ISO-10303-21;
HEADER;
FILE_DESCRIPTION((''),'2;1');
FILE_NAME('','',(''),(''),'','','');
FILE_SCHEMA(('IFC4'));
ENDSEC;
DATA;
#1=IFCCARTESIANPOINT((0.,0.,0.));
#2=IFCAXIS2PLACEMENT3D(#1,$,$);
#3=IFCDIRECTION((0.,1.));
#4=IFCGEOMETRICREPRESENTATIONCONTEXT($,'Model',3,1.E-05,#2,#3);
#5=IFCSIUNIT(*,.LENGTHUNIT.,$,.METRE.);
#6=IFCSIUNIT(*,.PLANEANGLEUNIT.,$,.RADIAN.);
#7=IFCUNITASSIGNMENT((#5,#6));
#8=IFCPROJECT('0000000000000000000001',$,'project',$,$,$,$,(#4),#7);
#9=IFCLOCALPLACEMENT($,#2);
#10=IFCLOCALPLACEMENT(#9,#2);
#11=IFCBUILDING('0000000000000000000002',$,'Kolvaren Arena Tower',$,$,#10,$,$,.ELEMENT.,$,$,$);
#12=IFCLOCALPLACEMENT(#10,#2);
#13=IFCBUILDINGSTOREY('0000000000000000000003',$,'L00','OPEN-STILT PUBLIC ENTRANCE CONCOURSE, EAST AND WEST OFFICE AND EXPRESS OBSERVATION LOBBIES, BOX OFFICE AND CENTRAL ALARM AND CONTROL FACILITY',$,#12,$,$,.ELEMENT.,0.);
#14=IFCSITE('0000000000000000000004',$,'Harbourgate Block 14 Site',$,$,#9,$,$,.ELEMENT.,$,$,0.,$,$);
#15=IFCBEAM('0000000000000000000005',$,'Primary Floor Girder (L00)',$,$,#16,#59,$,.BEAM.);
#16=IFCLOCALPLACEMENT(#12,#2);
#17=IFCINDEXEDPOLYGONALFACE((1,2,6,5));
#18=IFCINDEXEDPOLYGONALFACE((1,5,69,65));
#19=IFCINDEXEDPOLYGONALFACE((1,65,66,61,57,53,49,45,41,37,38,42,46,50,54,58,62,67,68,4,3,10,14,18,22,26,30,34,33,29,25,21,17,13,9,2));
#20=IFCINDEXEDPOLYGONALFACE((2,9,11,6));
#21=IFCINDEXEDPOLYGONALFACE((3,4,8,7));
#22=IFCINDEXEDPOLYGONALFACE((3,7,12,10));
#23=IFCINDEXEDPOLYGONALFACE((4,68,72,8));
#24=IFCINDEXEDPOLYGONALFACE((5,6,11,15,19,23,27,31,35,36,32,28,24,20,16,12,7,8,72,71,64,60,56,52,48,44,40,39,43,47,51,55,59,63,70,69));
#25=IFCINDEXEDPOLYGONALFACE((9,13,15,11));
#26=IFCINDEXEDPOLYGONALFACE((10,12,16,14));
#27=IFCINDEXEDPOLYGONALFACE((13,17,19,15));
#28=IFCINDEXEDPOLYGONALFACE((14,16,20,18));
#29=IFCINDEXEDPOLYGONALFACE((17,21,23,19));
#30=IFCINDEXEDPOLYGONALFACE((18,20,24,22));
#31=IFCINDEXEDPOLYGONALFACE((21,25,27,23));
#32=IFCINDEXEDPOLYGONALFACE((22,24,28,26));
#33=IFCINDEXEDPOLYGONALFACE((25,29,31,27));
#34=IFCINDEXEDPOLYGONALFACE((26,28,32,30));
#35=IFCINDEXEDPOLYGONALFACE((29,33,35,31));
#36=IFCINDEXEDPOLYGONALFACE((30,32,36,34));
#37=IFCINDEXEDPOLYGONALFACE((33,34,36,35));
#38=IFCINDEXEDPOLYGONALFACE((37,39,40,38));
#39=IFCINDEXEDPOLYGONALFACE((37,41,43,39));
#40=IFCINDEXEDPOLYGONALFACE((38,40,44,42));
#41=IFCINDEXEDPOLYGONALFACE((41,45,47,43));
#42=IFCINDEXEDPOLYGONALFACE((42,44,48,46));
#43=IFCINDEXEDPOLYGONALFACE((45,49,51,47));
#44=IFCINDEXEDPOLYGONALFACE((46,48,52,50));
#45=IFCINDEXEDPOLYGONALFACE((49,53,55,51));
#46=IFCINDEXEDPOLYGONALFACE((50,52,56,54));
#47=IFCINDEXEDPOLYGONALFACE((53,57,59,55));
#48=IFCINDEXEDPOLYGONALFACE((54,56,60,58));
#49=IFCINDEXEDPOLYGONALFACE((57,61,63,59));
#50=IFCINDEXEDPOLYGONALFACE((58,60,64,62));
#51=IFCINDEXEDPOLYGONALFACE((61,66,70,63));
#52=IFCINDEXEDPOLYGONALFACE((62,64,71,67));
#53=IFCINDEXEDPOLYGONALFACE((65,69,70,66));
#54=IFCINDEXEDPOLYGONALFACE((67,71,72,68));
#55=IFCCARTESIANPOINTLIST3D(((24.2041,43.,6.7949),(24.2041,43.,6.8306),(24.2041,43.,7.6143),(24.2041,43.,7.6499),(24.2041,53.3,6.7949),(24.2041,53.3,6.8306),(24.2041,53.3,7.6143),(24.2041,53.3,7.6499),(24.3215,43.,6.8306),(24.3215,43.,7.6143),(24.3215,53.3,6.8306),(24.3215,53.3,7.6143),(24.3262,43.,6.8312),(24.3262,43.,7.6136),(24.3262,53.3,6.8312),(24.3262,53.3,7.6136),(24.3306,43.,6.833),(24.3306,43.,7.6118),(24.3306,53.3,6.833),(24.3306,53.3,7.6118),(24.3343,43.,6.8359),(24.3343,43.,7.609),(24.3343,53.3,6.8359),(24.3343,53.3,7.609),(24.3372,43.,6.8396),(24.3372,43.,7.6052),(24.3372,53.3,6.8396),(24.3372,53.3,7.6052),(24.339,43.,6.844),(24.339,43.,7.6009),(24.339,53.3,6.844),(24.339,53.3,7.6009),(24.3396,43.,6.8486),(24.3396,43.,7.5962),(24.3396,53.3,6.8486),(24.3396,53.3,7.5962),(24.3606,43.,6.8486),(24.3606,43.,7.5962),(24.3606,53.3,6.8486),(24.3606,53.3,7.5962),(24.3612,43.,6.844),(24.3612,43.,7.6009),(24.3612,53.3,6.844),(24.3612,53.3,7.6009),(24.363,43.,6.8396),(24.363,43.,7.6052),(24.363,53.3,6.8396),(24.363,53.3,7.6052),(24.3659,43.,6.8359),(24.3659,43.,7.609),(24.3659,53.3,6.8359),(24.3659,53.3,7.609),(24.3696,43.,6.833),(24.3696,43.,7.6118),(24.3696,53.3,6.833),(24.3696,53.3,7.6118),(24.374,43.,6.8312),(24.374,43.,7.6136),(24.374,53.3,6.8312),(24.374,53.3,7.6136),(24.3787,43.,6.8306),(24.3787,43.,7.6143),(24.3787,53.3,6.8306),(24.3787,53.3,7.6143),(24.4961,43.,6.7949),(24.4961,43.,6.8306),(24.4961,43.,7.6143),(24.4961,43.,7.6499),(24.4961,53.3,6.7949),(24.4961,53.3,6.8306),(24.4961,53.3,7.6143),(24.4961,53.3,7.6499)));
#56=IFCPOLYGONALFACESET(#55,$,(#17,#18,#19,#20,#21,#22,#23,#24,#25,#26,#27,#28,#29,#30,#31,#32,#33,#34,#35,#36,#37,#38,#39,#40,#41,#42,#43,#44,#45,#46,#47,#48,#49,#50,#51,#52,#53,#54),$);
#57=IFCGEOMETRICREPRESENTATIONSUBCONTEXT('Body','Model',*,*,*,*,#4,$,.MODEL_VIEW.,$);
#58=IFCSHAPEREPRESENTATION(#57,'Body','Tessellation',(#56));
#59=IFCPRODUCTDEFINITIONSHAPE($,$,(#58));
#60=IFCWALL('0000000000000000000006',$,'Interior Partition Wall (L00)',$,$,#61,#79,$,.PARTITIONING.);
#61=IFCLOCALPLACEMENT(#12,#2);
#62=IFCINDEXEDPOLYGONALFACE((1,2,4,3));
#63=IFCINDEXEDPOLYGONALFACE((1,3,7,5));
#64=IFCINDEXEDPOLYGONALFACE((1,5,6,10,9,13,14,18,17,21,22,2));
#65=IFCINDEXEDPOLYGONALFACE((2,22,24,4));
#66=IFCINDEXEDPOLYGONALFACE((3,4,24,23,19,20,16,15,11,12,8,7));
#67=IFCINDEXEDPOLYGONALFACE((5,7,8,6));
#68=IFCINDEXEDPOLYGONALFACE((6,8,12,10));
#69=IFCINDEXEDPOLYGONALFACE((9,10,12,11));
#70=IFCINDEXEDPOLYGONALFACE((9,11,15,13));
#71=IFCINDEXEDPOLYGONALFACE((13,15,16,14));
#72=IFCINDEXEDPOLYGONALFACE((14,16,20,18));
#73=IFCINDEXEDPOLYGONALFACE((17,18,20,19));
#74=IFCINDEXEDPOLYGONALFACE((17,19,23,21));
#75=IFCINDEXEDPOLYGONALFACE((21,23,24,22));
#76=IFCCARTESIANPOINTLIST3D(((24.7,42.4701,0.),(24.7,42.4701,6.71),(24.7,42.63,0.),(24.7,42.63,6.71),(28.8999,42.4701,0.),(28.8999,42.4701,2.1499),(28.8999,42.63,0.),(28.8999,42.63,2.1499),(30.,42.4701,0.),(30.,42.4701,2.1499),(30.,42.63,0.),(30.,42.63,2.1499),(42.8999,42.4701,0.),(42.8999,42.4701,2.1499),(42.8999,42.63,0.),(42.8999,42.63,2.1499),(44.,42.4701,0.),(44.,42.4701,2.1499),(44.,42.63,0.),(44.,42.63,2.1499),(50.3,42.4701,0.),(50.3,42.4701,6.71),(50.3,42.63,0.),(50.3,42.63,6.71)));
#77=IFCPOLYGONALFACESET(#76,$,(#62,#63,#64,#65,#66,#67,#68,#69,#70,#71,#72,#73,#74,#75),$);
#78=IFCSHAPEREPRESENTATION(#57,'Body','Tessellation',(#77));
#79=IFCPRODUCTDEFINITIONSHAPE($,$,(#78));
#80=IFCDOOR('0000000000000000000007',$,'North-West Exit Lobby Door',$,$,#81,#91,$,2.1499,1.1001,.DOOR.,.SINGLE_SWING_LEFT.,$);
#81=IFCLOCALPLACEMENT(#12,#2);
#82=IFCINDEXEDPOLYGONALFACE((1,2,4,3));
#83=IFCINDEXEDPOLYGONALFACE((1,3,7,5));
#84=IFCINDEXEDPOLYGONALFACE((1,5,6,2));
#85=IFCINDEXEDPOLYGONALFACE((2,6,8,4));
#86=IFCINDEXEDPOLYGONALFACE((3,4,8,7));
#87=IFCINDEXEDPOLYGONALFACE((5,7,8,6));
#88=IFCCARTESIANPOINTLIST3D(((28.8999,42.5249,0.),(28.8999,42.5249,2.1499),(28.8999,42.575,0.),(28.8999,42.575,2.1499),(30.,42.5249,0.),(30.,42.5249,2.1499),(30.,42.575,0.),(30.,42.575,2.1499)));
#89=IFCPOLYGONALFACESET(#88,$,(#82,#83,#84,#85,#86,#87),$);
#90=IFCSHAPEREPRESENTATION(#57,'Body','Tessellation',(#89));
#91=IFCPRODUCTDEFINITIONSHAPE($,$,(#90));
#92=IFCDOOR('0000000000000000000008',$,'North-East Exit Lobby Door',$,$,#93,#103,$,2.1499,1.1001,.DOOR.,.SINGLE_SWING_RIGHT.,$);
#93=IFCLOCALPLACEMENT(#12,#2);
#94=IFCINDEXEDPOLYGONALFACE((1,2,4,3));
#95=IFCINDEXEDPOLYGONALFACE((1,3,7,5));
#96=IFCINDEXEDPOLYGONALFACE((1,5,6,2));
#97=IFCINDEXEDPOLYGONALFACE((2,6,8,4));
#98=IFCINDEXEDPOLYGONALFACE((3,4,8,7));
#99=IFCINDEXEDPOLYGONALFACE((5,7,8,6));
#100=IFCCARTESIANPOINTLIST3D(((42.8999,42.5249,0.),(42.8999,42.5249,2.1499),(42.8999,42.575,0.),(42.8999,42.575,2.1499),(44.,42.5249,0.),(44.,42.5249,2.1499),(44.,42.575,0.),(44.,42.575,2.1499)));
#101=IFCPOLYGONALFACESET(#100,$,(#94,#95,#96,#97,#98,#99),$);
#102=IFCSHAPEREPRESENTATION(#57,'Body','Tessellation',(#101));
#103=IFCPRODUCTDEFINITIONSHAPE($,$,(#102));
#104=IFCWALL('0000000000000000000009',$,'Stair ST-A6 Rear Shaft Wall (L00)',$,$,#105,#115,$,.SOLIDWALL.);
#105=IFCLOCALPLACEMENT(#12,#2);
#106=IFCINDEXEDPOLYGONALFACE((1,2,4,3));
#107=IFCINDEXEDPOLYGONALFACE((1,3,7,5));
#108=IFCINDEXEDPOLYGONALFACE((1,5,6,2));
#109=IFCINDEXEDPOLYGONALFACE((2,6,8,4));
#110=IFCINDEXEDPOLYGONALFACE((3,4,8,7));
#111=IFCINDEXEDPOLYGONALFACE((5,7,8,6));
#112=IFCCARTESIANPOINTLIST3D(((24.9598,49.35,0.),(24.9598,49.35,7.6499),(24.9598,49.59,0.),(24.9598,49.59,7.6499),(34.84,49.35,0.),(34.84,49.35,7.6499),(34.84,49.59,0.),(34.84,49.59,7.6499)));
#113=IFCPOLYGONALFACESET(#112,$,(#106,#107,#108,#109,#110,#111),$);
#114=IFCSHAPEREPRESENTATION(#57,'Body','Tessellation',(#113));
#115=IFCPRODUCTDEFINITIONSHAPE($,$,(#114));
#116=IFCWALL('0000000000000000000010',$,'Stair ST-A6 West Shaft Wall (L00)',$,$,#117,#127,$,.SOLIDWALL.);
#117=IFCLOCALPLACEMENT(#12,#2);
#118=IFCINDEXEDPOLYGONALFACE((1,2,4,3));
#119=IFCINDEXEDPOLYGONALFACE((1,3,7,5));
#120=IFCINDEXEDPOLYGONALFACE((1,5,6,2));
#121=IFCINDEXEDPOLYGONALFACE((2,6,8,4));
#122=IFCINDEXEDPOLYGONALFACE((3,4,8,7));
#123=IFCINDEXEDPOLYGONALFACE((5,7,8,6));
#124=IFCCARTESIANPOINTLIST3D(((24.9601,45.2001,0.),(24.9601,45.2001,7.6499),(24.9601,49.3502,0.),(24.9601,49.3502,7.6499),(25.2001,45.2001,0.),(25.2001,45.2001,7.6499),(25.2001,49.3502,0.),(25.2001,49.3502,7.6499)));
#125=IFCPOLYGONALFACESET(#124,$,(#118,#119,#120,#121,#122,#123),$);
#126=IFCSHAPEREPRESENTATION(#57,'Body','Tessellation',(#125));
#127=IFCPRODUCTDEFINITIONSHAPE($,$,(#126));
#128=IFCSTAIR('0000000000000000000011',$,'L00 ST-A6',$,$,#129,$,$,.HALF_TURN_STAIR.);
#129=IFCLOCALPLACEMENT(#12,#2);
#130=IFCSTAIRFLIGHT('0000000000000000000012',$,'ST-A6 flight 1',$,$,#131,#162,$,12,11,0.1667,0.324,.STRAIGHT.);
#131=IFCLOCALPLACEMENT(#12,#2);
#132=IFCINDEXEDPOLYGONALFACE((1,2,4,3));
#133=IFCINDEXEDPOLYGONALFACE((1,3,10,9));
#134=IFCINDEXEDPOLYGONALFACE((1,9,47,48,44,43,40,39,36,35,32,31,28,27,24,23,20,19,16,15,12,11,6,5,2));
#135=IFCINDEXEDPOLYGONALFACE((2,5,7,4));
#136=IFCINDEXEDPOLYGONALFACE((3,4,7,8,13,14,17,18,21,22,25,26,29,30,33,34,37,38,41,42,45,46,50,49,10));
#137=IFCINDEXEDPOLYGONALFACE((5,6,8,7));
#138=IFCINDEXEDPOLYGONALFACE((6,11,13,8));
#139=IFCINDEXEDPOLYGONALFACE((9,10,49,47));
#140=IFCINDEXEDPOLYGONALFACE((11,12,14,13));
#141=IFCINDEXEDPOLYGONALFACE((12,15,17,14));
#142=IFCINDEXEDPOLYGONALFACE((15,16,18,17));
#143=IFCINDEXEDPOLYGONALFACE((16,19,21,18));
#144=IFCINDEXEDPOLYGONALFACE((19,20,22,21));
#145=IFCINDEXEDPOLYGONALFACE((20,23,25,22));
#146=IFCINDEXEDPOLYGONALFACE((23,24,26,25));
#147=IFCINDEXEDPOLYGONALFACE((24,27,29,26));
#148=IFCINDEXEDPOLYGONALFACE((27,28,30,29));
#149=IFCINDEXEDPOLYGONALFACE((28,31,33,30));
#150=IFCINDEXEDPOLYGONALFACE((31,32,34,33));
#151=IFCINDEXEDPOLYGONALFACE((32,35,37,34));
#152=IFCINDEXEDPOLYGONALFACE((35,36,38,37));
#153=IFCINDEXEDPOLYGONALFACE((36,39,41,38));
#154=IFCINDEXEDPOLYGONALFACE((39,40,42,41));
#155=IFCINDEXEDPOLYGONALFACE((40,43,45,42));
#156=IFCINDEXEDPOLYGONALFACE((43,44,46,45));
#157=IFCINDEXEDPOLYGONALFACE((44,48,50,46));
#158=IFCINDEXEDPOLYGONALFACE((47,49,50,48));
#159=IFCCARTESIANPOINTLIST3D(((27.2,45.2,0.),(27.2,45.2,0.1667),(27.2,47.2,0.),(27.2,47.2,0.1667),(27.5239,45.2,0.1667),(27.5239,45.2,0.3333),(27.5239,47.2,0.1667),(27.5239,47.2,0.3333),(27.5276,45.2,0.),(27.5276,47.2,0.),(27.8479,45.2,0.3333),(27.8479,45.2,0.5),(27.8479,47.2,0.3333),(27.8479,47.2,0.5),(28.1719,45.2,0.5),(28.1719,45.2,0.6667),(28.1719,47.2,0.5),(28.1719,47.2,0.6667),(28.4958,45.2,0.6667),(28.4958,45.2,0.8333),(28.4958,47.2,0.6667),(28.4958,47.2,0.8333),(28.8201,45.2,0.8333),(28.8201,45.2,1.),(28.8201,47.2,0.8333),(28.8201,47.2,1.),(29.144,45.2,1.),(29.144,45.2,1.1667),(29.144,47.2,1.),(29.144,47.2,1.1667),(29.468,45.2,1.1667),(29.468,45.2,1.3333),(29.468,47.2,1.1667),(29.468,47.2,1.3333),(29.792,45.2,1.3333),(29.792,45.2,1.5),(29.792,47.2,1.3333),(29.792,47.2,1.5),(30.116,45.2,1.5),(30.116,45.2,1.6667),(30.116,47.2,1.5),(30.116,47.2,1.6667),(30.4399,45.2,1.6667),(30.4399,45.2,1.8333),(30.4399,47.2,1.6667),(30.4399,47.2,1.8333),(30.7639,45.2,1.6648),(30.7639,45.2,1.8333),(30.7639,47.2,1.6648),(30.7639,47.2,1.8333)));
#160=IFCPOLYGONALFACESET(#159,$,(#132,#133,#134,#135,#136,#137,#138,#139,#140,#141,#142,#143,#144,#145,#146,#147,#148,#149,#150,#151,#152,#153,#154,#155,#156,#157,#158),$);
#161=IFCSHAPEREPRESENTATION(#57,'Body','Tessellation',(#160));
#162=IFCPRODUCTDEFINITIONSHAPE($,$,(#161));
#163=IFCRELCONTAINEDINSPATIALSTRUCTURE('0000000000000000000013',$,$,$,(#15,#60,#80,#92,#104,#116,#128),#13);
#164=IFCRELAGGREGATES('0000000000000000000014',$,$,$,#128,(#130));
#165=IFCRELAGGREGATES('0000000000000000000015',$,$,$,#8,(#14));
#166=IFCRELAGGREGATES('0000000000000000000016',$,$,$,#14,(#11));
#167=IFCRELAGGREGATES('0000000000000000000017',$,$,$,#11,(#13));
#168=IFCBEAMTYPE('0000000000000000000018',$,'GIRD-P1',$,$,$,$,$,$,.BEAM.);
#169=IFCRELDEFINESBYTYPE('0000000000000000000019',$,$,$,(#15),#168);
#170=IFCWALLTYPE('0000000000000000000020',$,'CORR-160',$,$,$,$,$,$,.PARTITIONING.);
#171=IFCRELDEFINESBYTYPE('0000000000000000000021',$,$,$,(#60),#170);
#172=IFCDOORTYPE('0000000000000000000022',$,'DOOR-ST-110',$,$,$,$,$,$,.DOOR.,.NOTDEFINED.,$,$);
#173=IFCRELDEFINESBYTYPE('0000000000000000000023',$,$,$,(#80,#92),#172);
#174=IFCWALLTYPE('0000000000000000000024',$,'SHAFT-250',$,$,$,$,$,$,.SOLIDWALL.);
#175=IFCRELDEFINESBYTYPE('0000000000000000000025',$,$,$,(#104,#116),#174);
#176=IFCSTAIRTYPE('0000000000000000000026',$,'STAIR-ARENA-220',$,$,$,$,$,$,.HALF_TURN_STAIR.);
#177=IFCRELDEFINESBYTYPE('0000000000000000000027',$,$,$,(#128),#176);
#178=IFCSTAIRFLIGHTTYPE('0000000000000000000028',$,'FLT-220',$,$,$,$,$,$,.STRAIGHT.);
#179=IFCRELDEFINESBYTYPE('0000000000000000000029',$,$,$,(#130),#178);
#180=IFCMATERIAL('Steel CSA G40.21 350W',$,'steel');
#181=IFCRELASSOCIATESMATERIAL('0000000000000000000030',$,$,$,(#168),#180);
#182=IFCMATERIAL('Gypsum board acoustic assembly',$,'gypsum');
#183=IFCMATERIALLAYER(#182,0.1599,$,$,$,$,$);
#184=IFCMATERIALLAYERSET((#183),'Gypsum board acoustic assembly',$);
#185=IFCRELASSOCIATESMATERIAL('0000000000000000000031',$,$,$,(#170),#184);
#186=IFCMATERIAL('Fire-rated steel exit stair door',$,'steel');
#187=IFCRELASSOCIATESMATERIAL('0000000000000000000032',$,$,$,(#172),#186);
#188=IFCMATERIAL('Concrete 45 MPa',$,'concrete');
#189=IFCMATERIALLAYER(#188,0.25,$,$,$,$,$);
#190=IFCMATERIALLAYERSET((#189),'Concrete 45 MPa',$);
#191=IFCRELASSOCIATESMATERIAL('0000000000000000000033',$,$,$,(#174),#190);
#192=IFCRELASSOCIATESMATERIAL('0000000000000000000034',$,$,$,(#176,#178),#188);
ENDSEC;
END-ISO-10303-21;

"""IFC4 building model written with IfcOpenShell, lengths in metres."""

from ifc_helpers import new_model, si_unit, direction, frame, frame_2d, origin, origin_2d, place, context, subcontext, project, spatial, polyline, rectangle, i_section, outline, extrude, material, layer, layer_set, material_profile, profile_set, type_object, element, fill, aggregate, save


model = new_model("IFC4")

# Units and contexts
model_context = context("Model", 3, precision=1e-05, world=origin(), true_north=direction((0.0, 1.0)))
body_context = subcontext(model_context, "Body", "Model", "MODEL_VIEW")
ifc_project = project(units=[si_unit("LENGTHUNIT", "METRE"), si_unit("PLANEANGLEUNIT", "RADIAN")], contexts=[model_context])

# Site, building, storey
site_placement = place(None, origin())
site = spatial("IfcSite", under=ifc_project, at=site_placement, Name="Harbourgate Block 14 Site", CompositionType="ELEMENT", RefElevation=0.0)
building_placement = place(site_placement, origin())
building = spatial("IfcBuilding", under=site, at=building_placement, Name="Kolvaren Arena Tower", CompositionType="ELEMENT")
storey_placement = place(building_placement, origin())
storey = spatial("IfcBuildingStorey", under=building, at=storey_placement, Name="L00", Description="OPEN-STILT PUBLIC ENTRANCE CONCOURSE, EAST AND WEST OFFICE AND EXPRESS OBSERVATION LOBBIES, BOX OFFICE AND CENTRAL ALARM AND CONTROL FACILITY", CompositionType="ELEMENT", Elevation=0.0)

# Shared definitions
ifc_material_1 = material(Name="Steel CSA G40.21 350W", Category="steel")

# Beam
ifc_material_profile_1 = material_profile(ifc_material_1, i_section(OverallWidth=0.292, OverallDepth=0.855, WebThickness=0.021, FlangeThickness=0.0356, FilletRadius=0.0181, at=origin_2d()), Name="W840x299")
ifc_profile_set_1 = profile_set([ifc_material_profile_1], Name="Steel CSA G40.21 350W")
beam_type_1 = type_object("IfcBeamType", Name="GIRD-P1", PredefinedType="BEAM", material=ifc_profile_set_1)
beam_1_placement = place(storey_placement, frame((24.3501, 43.0, 7.2224), z_axis=(0.0, 1.0, 0.0), x_axis=(-1.0, 0.0, 0.0)))
element("IfcBeam", 1, at=beam_1_placement, inside=storey, type_object=beam_type_1, Name="Primary Floor Girder (L00)", PredefinedType="BEAM", context=body_context, shape_type="SweptSolid", body=[
    extrude(i_section(OverallWidth=0.292, OverallDepth=0.855, WebThickness=0.021, FlangeThickness=0.0356, FilletRadius=0.0181, at=origin_2d()), origin(), (0.0, 0.0, 1.0), 10.3),
])

# Wall, openings, doors
ifc_material_2 = material(Name="Gypsum board acoustic assembly", Category="gypsum")
ifc_layer_1 = layer(ifc_material_2, 0.1599)
ifc_layer_set_1 = layer_set([ifc_layer_1], Name="Gypsum board acoustic assembly")
wall_type_1 = type_object("IfcWallType", Name="CORR-160", PredefinedType="PARTITIONING", material=ifc_layer_set_1)
wall_1_placement = place(storey_placement, frame((24.7, 42.55, 0.0), z_axis=(0.0, 0.0, 1.0), x_axis=(1.0, 0.0, 0.0)))
wall_1 = element("IfcWall", 2, at=wall_1_placement, inside=storey, type_object=wall_type_1, Name="Interior Partition Wall (L00)", PredefinedType="PARTITIONING", context=body_context, shape_type="SweptSolid", body=[
    extrude(rectangle(XDim=25.6001, YDim=0.1599, at=frame_2d((12.8, 0.0))), origin(), (0.0, 0.0, 1.0), 6.71),
])
opening_1_placement = place(wall_1_placement, frame((4.2, 0.0, 0.0)))
opening_1 = element("IfcOpeningElement", 3, at=opening_1_placement, cuts=wall_1, PredefinedType="OPENING", context=body_context, shape_type="SweptSolid", body=[
    extrude(rectangle(XDim=1.1001, YDim=2.1499, at=frame_2d((0.55, 1.075))), frame((0.0, 0.0898, 0.0), z_axis=(0.0, -1.0, 0.0), x_axis=(1.0, 0.0, 0.0)), (0.0, 0.0, 1.0), 0.1799),
])
opening_2_placement = place(wall_1_placement, frame((18.2, 0.0, 0.0)))
opening_2 = element("IfcOpeningElement", 4, at=opening_2_placement, cuts=wall_1, PredefinedType="OPENING", context=body_context, shape_type="SweptSolid", body=[
    extrude(rectangle(XDim=1.1001, YDim=2.1499, at=frame_2d((0.55, 1.075))), frame((0.0, 0.0898, 0.0), z_axis=(0.0, -1.0, 0.0), x_axis=(1.0, 0.0, 0.0)), (0.0, 0.0, 1.0), 0.1799),
])
ifc_material_3 = material(Name="Fire-rated steel exit stair door", Category="steel")
door_type = type_object("IfcDoorType", Name="DOOR-ST-110", OperationType="NOTDEFINED", PredefinedType="DOOR", material=ifc_material_3)
door_1_placement = place(opening_1_placement, origin())
door_1 = element("IfcDoor", 5, at=door_1_placement, inside=storey, type_object=door_type, Name="North-West Exit Lobby Door", OperationType="SINGLE_SWING_LEFT", OverallHeight=2.1499, OverallWidth=1.1001, PredefinedType="DOOR", context=body_context, shape_type="SweptSolid", body=[
    extrude(rectangle(XDim=1.1001, YDim=2.1499, at=frame_2d((0.55, 1.075))), frame((0.0, 0.0249, 0.0), z_axis=(0.0, -1.0, 0.0), x_axis=(1.0, 0.0, 0.0)), (0.0, 0.0, 1.0), 0.05),
])
fill(opening_1, door_1)
door_2_placement = place(opening_2_placement, origin())
door_2 = element("IfcDoor", 6, at=door_2_placement, inside=storey, type_object=door_type, Name="North-East Exit Lobby Door", OperationType="SINGLE_SWING_RIGHT", OverallHeight=2.1499, OverallWidth=1.1001, PredefinedType="DOOR", context=body_context, shape_type="SweptSolid", body=[
    extrude(rectangle(XDim=1.1001, YDim=2.1499, at=frame_2d((0.55, 1.075))), frame((0.0, 0.0249, 0.0), z_axis=(0.0, -1.0, 0.0), x_axis=(1.0, 0.0, 0.0)), (0.0, 0.0, 1.0), 0.05),
])
fill(opening_2, door_2)

# Walls
ifc_material_4 = material(Name="Concrete 45 MPa", Category="concrete")
ifc_layer_2 = layer(ifc_material_4, 0.25)
ifc_layer_set_2 = layer_set([ifc_layer_2], Name="Concrete 45 MPa")
wall_type_2 = type_object("IfcWallType", Name="SHAFT-250", PredefinedType="SOLIDWALL", material=ifc_layer_set_2)
wall_2_placement = place(storey_placement, frame((24.96, 49.47, 0.0), z_axis=(0.0, 0.0, 1.0), x_axis=(1.0, 0.0, 0.0)))
element("IfcWall", 7, at=wall_2_placement, inside=storey, type_object=wall_type_2, Name="Stair ST-A6 Rear Shaft Wall (L00)", PredefinedType="SOLIDWALL", context=body_context, shape_type="SweptSolid", body=[
    extrude(rectangle(XDim=9.8801, YDim=0.24, at=frame_2d((4.9399, 0.0))), origin(), (0.0, 0.0, 1.0), 7.6499),
])
wall_3_placement = place(storey_placement, frame((25.0801, 45.2, 0.0), z_axis=(0.0, 0.0, 1.0), x_axis=(0.0, 1.0, 0.0)))
element("IfcWall", 8, at=wall_3_placement, inside=storey, type_object=wall_type_2, Name="Stair ST-A6 West Shaft Wall (L00)", PredefinedType="SOLIDWALL", context=body_context, shape_type="SweptSolid", body=[
    extrude(rectangle(XDim=4.1501, YDim=0.24, at=frame_2d((2.0752, 0.0))), origin(), (0.0, 0.0, 1.0), 7.6499),
])

# Stair, stair flight
stair_type = type_object("IfcStairType", Name="STAIR-ARENA-220", PredefinedType="HALF_TURN_STAIR", material=ifc_material_4)
stair_placement = place(storey_placement, origin())
stair = element("IfcStair", 9, at=stair_placement, inside=storey, type_object=stair_type, Name="L00 ST-A6", PredefinedType="HALF_TURN_STAIR")
stair_flight_type = type_object("IfcStairFlightType", Name="FLT-220", PredefinedType="STRAIGHT", material=ifc_material_4)
stair_flight_1_placement = place(storey_placement, frame((27.2, 46.2, 0.0), z_axis=(0.0, 0.0, 1.0), x_axis=(1.0, 0.0, 0.0)))
stair_flight_1 = element("IfcStairFlight", 10, at=stair_flight_1_placement, type_object=stair_flight_type, Name="ST-A6 flight 1", NumberOfRisers=12, NumberOfTreads=11, PredefinedType="STRAIGHT", RiserHeight=0.1667, TreadLength=0.324, context=body_context, shape_type="SweptSolid", body=[
    extrude(outline(polyline([(0.0, 0.0), (0.0, 0.1667), (0.324, 0.1667), (0.324, 0.3333), (0.6479, 0.3333), (0.6479, 0.5), (0.9719, 0.5), (0.9719, 0.6667), (1.2959, 0.6667), (1.2959, 0.8333), (1.6201, 0.8333), (1.6201, 1.0), (1.9441, 1.0), (1.9441, 1.1667), (2.2681, 1.1667), (2.2681, 1.3333), (2.592, 1.3333), (2.592, 1.5), (2.916, 1.5), (2.916, 1.6667), (3.24, 1.6667), (3.24, 1.8333), (3.564, 1.8333), (3.564, 2.0), (3.564, 1.6648), (0.3276, 0.0), (0.0, 0.0)])), frame((0.0, 1.0, 0.0), z_axis=(0.0, -1.0, 0.0), x_axis=(1.0, 0.0, 0.0)), (0.0, 0.0, 1.0), 2.0),
])
aggregate(stair, [stair_flight_1])

save(model, "model.ifc")
